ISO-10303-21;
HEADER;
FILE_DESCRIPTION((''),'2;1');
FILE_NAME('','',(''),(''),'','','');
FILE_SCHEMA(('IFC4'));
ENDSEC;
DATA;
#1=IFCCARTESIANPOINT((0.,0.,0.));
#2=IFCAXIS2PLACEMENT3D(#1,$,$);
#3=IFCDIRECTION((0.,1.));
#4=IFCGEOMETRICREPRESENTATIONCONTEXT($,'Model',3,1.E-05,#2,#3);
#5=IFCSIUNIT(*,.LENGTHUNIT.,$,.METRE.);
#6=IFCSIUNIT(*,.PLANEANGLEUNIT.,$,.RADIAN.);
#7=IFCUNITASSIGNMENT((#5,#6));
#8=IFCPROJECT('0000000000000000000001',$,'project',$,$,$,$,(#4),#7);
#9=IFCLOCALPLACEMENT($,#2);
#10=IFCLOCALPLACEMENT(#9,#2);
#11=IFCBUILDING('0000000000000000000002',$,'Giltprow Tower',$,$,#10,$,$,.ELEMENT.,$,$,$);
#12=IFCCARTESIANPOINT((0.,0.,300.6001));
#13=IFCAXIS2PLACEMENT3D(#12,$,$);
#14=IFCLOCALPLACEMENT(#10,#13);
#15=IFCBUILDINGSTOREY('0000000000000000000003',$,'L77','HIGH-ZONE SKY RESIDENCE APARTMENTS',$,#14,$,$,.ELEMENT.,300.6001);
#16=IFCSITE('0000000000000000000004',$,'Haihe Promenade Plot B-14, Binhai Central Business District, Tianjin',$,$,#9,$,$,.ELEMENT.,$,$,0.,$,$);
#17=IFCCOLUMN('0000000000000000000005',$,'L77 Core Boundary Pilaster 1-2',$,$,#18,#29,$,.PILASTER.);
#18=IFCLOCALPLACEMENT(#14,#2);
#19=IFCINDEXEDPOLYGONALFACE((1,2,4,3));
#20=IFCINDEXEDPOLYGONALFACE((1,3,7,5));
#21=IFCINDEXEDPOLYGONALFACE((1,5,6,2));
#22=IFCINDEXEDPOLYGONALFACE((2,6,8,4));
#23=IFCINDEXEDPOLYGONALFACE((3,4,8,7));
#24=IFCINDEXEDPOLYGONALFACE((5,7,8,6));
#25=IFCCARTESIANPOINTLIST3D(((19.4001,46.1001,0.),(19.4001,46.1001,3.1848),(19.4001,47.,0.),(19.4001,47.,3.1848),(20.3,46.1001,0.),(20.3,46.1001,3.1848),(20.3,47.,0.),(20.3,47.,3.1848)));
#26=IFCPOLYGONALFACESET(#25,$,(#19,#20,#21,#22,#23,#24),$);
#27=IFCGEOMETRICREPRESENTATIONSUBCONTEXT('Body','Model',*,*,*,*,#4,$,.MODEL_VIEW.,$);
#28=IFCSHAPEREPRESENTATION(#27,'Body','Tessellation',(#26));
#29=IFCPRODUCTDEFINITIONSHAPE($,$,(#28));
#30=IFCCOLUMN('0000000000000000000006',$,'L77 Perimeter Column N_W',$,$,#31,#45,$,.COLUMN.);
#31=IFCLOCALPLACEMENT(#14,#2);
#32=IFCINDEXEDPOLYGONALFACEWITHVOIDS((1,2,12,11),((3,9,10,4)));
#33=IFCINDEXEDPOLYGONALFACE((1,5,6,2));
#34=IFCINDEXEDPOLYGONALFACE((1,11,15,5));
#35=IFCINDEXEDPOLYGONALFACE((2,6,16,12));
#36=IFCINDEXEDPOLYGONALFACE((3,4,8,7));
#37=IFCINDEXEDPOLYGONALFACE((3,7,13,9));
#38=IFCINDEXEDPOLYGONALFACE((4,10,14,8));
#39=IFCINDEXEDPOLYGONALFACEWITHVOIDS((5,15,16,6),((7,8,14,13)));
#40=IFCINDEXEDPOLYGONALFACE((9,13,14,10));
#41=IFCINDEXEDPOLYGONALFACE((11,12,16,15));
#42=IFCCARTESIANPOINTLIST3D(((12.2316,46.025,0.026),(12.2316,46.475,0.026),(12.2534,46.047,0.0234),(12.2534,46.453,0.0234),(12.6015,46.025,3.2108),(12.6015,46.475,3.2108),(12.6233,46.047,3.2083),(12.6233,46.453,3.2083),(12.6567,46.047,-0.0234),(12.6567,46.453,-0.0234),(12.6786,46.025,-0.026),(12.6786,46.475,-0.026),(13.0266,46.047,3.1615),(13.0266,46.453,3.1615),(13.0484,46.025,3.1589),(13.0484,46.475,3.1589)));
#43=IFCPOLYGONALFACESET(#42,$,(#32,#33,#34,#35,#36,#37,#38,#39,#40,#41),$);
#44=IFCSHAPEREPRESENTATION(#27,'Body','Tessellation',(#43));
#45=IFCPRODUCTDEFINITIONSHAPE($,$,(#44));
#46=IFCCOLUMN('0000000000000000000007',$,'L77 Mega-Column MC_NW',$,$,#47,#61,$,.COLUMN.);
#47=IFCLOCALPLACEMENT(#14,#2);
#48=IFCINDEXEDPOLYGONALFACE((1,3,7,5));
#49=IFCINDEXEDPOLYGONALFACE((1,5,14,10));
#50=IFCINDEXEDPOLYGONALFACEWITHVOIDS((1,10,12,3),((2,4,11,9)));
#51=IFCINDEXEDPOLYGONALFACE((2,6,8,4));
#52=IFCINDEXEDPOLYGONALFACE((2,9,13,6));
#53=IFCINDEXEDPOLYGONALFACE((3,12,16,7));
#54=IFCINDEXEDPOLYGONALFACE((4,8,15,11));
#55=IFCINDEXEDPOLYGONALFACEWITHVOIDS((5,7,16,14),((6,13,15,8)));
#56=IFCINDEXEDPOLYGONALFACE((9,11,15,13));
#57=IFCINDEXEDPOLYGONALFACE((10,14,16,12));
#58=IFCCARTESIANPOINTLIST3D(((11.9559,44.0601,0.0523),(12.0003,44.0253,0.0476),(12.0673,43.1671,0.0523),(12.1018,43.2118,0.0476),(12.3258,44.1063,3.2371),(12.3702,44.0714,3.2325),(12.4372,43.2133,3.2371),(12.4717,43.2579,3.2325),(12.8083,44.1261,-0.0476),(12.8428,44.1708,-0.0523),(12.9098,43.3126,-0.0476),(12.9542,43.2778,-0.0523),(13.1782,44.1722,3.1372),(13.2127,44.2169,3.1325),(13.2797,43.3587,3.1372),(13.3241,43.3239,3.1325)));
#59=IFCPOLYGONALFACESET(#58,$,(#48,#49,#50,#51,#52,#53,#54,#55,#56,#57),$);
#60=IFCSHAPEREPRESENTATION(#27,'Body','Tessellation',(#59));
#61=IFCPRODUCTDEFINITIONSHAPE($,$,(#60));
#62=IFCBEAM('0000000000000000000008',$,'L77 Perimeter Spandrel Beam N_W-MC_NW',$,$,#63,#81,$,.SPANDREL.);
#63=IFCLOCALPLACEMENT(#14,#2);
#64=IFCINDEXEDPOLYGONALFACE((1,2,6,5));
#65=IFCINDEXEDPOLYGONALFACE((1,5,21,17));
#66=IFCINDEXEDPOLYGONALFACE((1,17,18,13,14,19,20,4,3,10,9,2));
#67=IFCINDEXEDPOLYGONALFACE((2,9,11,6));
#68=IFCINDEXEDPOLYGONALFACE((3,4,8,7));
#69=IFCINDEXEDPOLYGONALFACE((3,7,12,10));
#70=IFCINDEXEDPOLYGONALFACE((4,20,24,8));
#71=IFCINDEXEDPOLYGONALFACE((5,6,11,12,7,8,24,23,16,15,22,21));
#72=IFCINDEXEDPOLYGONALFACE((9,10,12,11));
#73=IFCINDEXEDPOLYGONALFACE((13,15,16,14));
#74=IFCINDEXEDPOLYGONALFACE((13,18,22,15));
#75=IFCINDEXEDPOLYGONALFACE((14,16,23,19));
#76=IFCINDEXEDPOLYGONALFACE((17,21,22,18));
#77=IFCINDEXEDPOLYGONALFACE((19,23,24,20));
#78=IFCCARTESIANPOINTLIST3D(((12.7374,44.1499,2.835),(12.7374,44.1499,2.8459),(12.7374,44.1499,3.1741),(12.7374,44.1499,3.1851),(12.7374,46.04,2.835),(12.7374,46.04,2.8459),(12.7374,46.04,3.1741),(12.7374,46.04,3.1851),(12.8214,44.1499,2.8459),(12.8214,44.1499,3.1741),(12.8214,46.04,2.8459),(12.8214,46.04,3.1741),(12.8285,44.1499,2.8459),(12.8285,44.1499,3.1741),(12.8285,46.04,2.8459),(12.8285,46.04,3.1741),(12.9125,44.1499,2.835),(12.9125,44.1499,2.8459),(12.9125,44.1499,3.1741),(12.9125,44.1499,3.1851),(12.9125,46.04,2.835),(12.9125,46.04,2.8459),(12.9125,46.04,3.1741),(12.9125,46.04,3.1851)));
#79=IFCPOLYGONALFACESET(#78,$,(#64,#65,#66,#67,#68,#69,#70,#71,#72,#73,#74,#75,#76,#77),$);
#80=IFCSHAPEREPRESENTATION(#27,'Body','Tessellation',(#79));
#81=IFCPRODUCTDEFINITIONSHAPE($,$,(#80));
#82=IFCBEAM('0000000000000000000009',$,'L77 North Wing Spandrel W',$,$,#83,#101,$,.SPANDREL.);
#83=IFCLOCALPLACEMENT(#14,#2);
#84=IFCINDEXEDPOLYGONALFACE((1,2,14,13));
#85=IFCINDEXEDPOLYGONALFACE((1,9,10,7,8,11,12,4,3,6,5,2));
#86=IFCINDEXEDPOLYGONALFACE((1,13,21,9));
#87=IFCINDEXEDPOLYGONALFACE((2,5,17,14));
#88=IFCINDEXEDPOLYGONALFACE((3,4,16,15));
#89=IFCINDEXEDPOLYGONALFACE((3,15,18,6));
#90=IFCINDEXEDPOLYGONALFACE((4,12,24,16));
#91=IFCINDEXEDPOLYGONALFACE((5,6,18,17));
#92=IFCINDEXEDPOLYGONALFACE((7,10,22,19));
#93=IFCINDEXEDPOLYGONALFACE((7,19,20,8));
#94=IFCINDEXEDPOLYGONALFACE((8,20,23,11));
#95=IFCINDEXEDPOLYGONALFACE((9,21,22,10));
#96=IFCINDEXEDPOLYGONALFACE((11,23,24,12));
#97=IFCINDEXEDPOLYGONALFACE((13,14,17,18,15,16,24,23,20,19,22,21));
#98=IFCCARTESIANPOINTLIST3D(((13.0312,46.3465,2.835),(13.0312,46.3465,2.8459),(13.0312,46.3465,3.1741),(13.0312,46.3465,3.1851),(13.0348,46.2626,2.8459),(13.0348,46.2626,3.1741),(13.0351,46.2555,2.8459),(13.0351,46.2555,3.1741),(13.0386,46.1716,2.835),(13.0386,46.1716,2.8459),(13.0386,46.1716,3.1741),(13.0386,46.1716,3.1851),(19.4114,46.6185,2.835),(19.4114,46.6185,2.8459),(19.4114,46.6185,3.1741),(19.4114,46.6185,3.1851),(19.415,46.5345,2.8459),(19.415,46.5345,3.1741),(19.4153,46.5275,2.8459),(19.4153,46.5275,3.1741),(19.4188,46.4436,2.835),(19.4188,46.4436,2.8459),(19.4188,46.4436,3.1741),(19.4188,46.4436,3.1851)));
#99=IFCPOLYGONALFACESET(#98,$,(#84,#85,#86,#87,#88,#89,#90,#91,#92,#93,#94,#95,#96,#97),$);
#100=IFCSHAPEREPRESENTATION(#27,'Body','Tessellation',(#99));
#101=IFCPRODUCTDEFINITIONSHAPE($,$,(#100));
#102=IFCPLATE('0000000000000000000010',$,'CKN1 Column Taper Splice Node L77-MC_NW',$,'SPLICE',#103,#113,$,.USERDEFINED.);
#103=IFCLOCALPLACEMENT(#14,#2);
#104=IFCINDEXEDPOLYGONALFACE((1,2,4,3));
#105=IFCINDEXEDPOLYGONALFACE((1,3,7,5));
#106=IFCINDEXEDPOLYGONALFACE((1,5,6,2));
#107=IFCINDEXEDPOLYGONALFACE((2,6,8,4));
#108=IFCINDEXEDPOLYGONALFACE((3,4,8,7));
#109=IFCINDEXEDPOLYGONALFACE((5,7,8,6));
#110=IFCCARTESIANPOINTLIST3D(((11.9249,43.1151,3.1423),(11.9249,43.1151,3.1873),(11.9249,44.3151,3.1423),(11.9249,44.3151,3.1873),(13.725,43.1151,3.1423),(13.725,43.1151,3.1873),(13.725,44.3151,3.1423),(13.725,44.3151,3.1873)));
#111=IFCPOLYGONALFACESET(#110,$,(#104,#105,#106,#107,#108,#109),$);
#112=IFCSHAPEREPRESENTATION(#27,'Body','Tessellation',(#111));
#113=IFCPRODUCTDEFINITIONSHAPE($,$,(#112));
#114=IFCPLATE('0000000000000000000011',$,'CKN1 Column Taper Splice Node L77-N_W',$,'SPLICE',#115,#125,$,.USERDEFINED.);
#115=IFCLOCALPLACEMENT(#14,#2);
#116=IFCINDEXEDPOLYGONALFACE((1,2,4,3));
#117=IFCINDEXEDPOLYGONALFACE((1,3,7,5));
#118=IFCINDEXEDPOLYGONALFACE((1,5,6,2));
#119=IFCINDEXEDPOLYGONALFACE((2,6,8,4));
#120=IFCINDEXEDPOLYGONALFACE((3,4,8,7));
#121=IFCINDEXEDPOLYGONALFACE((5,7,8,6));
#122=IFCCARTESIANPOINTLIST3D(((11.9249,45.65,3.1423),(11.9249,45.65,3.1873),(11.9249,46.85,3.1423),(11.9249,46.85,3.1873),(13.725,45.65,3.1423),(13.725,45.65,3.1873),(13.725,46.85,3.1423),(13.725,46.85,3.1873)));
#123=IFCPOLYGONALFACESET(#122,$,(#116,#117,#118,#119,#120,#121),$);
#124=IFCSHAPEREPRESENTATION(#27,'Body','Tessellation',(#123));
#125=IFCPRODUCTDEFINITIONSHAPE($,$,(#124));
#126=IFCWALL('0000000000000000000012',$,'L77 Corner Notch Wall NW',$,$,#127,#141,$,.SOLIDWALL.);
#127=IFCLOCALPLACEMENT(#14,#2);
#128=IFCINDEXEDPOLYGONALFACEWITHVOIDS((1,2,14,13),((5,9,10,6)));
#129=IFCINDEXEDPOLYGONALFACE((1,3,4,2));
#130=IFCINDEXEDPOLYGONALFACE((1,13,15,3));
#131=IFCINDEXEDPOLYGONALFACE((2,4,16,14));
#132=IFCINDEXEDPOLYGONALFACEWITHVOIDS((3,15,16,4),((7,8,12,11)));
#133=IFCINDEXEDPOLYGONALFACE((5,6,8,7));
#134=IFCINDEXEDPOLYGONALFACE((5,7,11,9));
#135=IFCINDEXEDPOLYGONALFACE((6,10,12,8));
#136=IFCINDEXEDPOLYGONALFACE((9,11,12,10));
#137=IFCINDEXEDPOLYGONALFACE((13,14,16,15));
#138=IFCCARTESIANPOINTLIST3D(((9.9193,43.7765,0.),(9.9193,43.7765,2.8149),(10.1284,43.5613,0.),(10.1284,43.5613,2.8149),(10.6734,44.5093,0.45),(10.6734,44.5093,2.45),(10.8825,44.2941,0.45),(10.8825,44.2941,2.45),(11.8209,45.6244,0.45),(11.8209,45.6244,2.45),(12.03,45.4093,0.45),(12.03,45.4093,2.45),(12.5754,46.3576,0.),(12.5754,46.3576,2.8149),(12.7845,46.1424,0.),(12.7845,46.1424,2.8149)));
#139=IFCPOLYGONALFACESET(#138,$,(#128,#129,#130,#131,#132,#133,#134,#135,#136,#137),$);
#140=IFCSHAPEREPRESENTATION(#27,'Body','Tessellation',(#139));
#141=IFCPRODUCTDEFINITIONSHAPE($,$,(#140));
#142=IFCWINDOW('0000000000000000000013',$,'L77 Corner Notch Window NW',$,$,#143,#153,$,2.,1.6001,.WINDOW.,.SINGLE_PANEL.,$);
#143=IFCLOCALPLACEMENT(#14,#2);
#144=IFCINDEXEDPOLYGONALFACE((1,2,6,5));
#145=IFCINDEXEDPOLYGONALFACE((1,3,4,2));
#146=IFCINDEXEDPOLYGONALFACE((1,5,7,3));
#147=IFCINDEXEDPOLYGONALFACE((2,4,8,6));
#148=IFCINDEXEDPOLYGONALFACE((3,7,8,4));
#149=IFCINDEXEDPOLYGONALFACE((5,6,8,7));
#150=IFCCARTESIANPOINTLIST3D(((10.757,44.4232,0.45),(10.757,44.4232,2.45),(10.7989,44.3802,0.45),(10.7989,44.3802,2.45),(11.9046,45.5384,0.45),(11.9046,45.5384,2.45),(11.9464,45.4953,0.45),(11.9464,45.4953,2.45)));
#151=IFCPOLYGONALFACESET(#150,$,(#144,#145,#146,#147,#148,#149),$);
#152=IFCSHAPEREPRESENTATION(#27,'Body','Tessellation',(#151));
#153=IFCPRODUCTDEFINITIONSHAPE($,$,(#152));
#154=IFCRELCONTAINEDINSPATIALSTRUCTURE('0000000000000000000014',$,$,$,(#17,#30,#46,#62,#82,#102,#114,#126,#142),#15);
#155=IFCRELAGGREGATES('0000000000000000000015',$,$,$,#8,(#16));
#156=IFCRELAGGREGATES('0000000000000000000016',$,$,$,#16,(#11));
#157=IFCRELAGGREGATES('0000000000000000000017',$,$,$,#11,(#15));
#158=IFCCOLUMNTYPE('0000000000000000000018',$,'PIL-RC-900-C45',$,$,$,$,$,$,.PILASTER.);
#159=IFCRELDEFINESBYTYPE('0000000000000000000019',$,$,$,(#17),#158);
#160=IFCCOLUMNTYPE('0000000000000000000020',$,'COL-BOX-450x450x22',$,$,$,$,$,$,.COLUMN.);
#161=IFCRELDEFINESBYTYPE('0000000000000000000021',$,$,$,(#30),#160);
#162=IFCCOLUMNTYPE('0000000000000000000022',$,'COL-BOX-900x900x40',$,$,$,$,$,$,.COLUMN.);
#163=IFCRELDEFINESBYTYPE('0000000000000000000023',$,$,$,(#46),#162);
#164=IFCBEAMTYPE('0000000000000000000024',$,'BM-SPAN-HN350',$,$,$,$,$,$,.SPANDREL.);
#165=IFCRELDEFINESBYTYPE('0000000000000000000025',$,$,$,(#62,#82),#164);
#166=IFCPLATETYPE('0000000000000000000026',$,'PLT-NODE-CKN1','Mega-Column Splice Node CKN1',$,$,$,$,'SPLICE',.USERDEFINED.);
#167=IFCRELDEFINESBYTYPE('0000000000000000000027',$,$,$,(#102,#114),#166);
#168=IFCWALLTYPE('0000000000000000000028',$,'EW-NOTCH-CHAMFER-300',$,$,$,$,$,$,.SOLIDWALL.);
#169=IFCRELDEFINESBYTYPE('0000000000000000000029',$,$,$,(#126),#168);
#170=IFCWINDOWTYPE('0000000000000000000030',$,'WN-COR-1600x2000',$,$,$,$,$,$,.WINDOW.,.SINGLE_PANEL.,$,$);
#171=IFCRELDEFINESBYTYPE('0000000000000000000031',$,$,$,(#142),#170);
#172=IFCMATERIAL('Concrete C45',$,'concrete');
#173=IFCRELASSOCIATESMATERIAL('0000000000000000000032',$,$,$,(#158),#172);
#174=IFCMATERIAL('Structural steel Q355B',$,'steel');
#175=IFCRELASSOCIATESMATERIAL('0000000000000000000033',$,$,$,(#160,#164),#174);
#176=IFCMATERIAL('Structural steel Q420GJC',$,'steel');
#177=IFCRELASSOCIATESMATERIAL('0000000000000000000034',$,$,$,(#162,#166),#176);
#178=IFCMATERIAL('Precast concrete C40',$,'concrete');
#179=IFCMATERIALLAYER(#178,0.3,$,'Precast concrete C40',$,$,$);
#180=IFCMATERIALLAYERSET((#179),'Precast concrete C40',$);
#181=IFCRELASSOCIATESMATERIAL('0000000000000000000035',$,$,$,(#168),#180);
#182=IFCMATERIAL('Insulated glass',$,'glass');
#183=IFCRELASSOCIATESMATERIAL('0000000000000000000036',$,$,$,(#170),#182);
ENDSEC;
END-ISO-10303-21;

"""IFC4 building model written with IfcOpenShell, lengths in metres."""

from ifc_helpers import new_model, si_unit, direction, frame, frame_2d, origin, origin_2d, place, context, subcontext, project, spatial, rectangle, hollow_rectangle, i_section, extrude, source, transform, mapped, material, layer, layer_set, material_profile, profile_set, type_object, element, fill, save


model = new_model("IFC4")

# Units and contexts
model_context = context("Model", 3, precision=1e-05, world=origin(), true_north=direction((0.0, 1.0)))
body_context = subcontext(model_context, "Body", "Model", "MODEL_VIEW")
ifc_project = project(units=[si_unit("LENGTHUNIT", "METRE"), si_unit("PLANEANGLEUNIT", "RADIAN")], contexts=[model_context])

# Site, building, storey
site_placement = place(None, origin())
site = spatial("IfcSite", under=ifc_project, at=site_placement, Name="Haihe Promenade Plot B-14, Binhai Central Business District, Tianjin", CompositionType="ELEMENT", RefElevation=0.0)
building_placement = place(site_placement, origin())
building = spatial("IfcBuilding", under=site, at=building_placement, Name="Giltprow Tower", CompositionType="ELEMENT")
storey_placement = place(building_placement, frame((0.0, 0.0, 300.6001)))
storey = spatial("IfcBuildingStorey", under=building, at=storey_placement, Name="L77", Description="HIGH-ZONE SKY RESIDENCE APARTMENTS", CompositionType="ELEMENT", Elevation=300.6001)

# Columns
ifc_material_1 = material(Name="Concrete C45", Category="concrete")
ifc_material_profile_1 = material_profile(ifc_material_1, rectangle(XDim=0.8999, YDim=0.8999, at=origin_2d()), Name="RC 900x900")
ifc_profile_set_1 = profile_set([ifc_material_profile_1], Name="Concrete C45")
column_type_1 = type_object("IfcColumnType", Name="PIL-RC-900-C45", PredefinedType="PILASTER", material=ifc_profile_set_1)
shared_shape_1 = source(origin(), body_context, "Body", "SweptSolid", [
    extrude(rectangle(XDim=0.8999, YDim=0.8999, at=origin_2d()), origin(), (0.0, 0.0, 1.0), 3.1848),
])
column_1_placement = place(storey_placement, frame((19.8501, 46.55, 0.0), z_axis=(0.0, 0.0, 1.0), x_axis=(1.0, 0.0, 0.0)))
element("IfcColumn", 1, at=column_1_placement, inside=storey, type_object=column_type_1, Name="L77 Core Boundary Pilaster 1-2", PredefinedType="PILASTER", context=body_context, shape_type="MappedRepresentation", body=[
    mapped(shared_shape_1, transform((0.0, 0.0, 0.0), x_axis=(1.0, 0.0, 0.0), y_axis=(0.0, 1.0, 0.0), z_axis=(0.0, 0.0, 1.0), scale=1.0)),
])
ifc_material_2 = material(Name="Structural steel Q355B", Category="steel")
ifc_material_profile_2 = material_profile(ifc_material_2, hollow_rectangle(XDim=0.45, YDim=0.45, WallThickness=0.022, at=origin_2d()), Name="BOX 450x450x22")
ifc_profile_set_2 = profile_set([ifc_material_profile_2], Name="Structural steel Q355B")
column_type_2 = type_object("IfcColumnType", Name="COL-BOX-450x450x22", PredefinedType="COLUMN", material=ifc_profile_set_2)
shared_shape_2 = source(origin(), body_context, "Body", "SweptSolid", [
    extrude(hollow_rectangle(XDim=0.45, YDim=0.45, WallThickness=0.022, at=origin_2d()), origin(), (0.0, 0.0, 1.0), 3.2063),
])
column_2_placement = place(storey_placement, frame((12.4551, 46.25, 0.0), z_axis=(0.115361, 0.0, 0.993324), x_axis=(0.0, 1.0, 0.0)))
element("IfcColumn", 2, at=column_2_placement, inside=storey, type_object=column_type_2, Name="L77 Perimeter Column N_W", PredefinedType="COLUMN", context=body_context, shape_type="MappedRepresentation", body=[
    mapped(shared_shape_2, transform((0.0, 0.0, 0.0), x_axis=(1.0, 0.0, 0.0), y_axis=(0.0, 1.0, 0.0), z_axis=(0.0, 0.0, 1.0), scale=1.0)),
])
ifc_material_3 = material(Name="Structural steel Q420GJC", Category="steel")
ifc_material_profile_3 = material_profile(ifc_material_3, hollow_rectangle(XDim=0.8999, YDim=0.8999, WallThickness=0.04, at=origin_2d()), Name="BOX 900x900x40")
ifc_profile_set_3 = profile_set([ifc_material_profile_3], Name="Structural steel Q420GJC")
column_type_3 = type_object("IfcColumnType", Name="COL-BOX-900x900x40", PredefinedType="COLUMN", material=ifc_profile_set_3)
shared_shape_3 = source(origin(), body_context, "Body", "SweptSolid", [
    extrude(hollow_rectangle(XDim=0.8999, YDim=0.8999, WallThickness=0.04, at=origin_2d()), origin(), (0.0, 0.0, 1.0), 3.2065),
])
column_3_placement = place(storey_placement, frame((12.4551, 43.6689, 0.0), z_axis=(0.115349, 0.01439, 0.993221), x_axis=(-0.123793, 0.992308, 0.0)))
element("IfcColumn", 3, at=column_3_placement, inside=storey, type_object=column_type_3, Name="L77 Mega-Column MC_NW", PredefinedType="COLUMN", context=body_context, shape_type="MappedRepresentation", body=[
    mapped(shared_shape_3, transform((0.0, 0.0, 0.0), x_axis=(1.0, 0.0, 0.0), y_axis=(0.0, 1.0, 0.0), z_axis=(0.0, 0.0, 1.0), scale=1.0)),
])

# Beams
ifc_material_profile_4 = material_profile(ifc_material_2, i_section(OverallWidth=0.175, OverallDepth=0.3501, WebThickness=0.0071, FlangeThickness=0.011, at=origin_2d()), Name="HN 350x175x7x11")
ifc_profile_set_4 = profile_set([ifc_material_profile_4], Name="Structural steel Q355B")
beam_type = type_object("IfcBeamType", Name="BM-SPAN-HN350", PredefinedType="SPANDREL", material=ifc_profile_set_4)
shared_shape_4 = source(origin(), body_context, "Body", "SweptSolid", [
    extrude(i_section(OverallWidth=0.175, OverallDepth=0.3501, WebThickness=0.0071, FlangeThickness=0.011, at=origin_2d()), origin(), (0.0, 0.0, 1.0), 1.8901),
])
beam_1_placement = place(storey_placement, frame((12.825, 46.04, 3.01), z_axis=(0.0, -1.0, 0.0), x_axis=(1.0, 0.0, 0.0)))
element("IfcBeam", 4, at=beam_1_placement, inside=storey, type_object=beam_type, Name="L77 Perimeter Spandrel Beam N_W-MC_NW", PredefinedType="SPANDREL", context=body_context, shape_type="MappedRepresentation", body=[
    mapped(shared_shape_4, transform((0.0, 0.0, 0.0), x_axis=(1.0, 0.0, 0.0), y_axis=(0.0, 1.0, 0.0), z_axis=(0.0, 0.0, 1.0), scale=1.0)),
])
shared_shape_5 = source(origin(), body_context, "Body", "SweptSolid", [
    extrude(i_section(OverallWidth=0.175, OverallDepth=0.3501, WebThickness=0.0071, FlangeThickness=0.011, at=origin_2d()), origin(), (0.0, 0.0, 1.0), 6.386),
])
beam_2_placement = place(storey_placement, frame((13.0349, 46.259, 3.01), z_axis=(0.999093, 0.042589, 0.0), x_axis=(-0.042589, 0.999093, 0.0)))
element("IfcBeam", 5, at=beam_2_placement, inside=storey, type_object=beam_type, Name="L77 North Wing Spandrel W", PredefinedType="SPANDREL", context=body_context, shape_type="MappedRepresentation", body=[
    mapped(shared_shape_5, transform((0.0, 0.0, 0.0), x_axis=(1.0, 0.0, 0.0), y_axis=(0.0, 1.0, 0.0), z_axis=(0.0, 0.0, 1.0), scale=1.0)),
])

# Plates
plate_type = type_object("IfcPlateType", Name="PLT-NODE-CKN1", Description="Mega-Column Splice Node CKN1", ElementType="SPLICE", PredefinedType="USERDEFINED", material=ifc_material_3)
shared_shape_6 = source(origin(), body_context, "Body", "SweptSolid", [
    extrude(rectangle(XDim=1.8, YDim=1.2, at=origin_2d()), origin(), (0.0, 0.0, 1.0), 0.0449),
])
for number, where, z_axis, x_axis, name in (
    (6, (12.825, 43.7151, 3.1423), (0.0, 0.0, 1.0), (1.0, 0.0, 0.0), "CKN1 Column Taper Splice Node L77-MC_NW"),
    (7, (12.825, 46.25, 3.1423), (0.0, 0.0, 1.0), (1.0, 0.0, 0.0), "CKN1 Column Taper Splice Node L77-N_W"),
):
    element("IfcPlate", number, at=place(storey_placement, frame(where, z_axis=z_axis, x_axis=x_axis)), inside=storey, type_object=plate_type, Name=name, ObjectType="SPLICE", PredefinedType="USERDEFINED", context=body_context, shape_type="MappedRepresentation", body=[
        mapped(shared_shape_6, transform((0.0, 0.0, 0.0), x_axis=(1.0, 0.0, 0.0), y_axis=(0.0, 1.0, 0.0), z_axis=(0.0, 0.0, 1.0), scale=1.0)),
    ])

# Wall, opening, window
ifc_material_4 = material(Name="Precast concrete C40", Category="concrete")
ifc_layer_1 = layer(ifc_material_4, 0.3, Name="Precast concrete C40")
ifc_layer_set_1 = layer_set([ifc_layer_1], Name="Precast concrete C40")
wall_type_1 = type_object("IfcWallType", Name="EW-NOTCH-CHAMFER-300", PredefinedType="SOLIDWALL", material=ifc_layer_set_1)
wall_1_placement = place(storey_placement, frame((12.6799, 46.25, 0.0), z_axis=(0.0, 0.0, 1.0), x_axis=(-0.717153, -0.696916, 0.0)))
wall_1 = element("IfcWall", 8, at=wall_1_placement, inside=storey, type_object=wall_type_1, Name="L77 Corner Notch Wall NW", PredefinedType="SOLIDWALL", context=body_context, shape_type="SweptSolid", body=[
    extrude(rectangle(XDim=3.7036, YDim=0.3, at=frame_2d((1.8518, 0.0))), origin(), (0.0, 0.0, 1.0), 2.8149),
])
opening_1_placement = place(wall_1_placement, frame((1.052, 0.0, 0.45)))
opening_1 = element("IfcOpeningElement", 9, at=opening_1_placement, cuts=wall_1, PredefinedType="OPENING", context=body_context, shape_type="SweptSolid", body=[
    extrude(rectangle(XDim=1.6001, YDim=2.0, at=frame_2d((0.8, 1.0))), frame((0.0, 0.1599, 0.0), z_axis=(0.0, -1.0, 0.0), x_axis=(1.0, 0.0, 0.0)), (0.0, 0.0, 1.0), 0.3201),
])
ifc_material_5 = material(Name="Insulated glass", Category="glass")
window_type = type_object("IfcWindowType", Name="WN-COR-1600x2000", PartitioningType="SINGLE_PANEL", PredefinedType="WINDOW", material=ifc_material_5)
shared_shape_7 = source(origin(), body_context, "Body", "SweptSolid", [
    extrude(rectangle(XDim=1.6001, YDim=2.0, at=frame_2d((0.8, 1.0))), frame((0.0, 0.03, 0.0), z_axis=(0.0, -1.0, 0.0), x_axis=(1.0, 0.0, 0.0)), (0.0, 0.0, 1.0), 0.0601),
])
window_1_placement = place(opening_1_placement, origin())
window_1 = element("IfcWindow", 10, at=window_1_placement, inside=storey, type_object=window_type, Name="L77 Corner Notch Window NW", OverallHeight=2.0, OverallWidth=1.6001, PartitioningType="SINGLE_PANEL", PredefinedType="WINDOW", context=body_context, shape_type="MappedRepresentation", body=[
    mapped(shared_shape_7, transform((0.0, 0.0, 0.0), x_axis=(1.0, 0.0, 0.0), y_axis=(0.0, 1.0, 0.0), z_axis=(0.0, 0.0, 1.0), scale=1.0)),
])
fill(opening_1, window_1)

save(model, "model.ifc")
